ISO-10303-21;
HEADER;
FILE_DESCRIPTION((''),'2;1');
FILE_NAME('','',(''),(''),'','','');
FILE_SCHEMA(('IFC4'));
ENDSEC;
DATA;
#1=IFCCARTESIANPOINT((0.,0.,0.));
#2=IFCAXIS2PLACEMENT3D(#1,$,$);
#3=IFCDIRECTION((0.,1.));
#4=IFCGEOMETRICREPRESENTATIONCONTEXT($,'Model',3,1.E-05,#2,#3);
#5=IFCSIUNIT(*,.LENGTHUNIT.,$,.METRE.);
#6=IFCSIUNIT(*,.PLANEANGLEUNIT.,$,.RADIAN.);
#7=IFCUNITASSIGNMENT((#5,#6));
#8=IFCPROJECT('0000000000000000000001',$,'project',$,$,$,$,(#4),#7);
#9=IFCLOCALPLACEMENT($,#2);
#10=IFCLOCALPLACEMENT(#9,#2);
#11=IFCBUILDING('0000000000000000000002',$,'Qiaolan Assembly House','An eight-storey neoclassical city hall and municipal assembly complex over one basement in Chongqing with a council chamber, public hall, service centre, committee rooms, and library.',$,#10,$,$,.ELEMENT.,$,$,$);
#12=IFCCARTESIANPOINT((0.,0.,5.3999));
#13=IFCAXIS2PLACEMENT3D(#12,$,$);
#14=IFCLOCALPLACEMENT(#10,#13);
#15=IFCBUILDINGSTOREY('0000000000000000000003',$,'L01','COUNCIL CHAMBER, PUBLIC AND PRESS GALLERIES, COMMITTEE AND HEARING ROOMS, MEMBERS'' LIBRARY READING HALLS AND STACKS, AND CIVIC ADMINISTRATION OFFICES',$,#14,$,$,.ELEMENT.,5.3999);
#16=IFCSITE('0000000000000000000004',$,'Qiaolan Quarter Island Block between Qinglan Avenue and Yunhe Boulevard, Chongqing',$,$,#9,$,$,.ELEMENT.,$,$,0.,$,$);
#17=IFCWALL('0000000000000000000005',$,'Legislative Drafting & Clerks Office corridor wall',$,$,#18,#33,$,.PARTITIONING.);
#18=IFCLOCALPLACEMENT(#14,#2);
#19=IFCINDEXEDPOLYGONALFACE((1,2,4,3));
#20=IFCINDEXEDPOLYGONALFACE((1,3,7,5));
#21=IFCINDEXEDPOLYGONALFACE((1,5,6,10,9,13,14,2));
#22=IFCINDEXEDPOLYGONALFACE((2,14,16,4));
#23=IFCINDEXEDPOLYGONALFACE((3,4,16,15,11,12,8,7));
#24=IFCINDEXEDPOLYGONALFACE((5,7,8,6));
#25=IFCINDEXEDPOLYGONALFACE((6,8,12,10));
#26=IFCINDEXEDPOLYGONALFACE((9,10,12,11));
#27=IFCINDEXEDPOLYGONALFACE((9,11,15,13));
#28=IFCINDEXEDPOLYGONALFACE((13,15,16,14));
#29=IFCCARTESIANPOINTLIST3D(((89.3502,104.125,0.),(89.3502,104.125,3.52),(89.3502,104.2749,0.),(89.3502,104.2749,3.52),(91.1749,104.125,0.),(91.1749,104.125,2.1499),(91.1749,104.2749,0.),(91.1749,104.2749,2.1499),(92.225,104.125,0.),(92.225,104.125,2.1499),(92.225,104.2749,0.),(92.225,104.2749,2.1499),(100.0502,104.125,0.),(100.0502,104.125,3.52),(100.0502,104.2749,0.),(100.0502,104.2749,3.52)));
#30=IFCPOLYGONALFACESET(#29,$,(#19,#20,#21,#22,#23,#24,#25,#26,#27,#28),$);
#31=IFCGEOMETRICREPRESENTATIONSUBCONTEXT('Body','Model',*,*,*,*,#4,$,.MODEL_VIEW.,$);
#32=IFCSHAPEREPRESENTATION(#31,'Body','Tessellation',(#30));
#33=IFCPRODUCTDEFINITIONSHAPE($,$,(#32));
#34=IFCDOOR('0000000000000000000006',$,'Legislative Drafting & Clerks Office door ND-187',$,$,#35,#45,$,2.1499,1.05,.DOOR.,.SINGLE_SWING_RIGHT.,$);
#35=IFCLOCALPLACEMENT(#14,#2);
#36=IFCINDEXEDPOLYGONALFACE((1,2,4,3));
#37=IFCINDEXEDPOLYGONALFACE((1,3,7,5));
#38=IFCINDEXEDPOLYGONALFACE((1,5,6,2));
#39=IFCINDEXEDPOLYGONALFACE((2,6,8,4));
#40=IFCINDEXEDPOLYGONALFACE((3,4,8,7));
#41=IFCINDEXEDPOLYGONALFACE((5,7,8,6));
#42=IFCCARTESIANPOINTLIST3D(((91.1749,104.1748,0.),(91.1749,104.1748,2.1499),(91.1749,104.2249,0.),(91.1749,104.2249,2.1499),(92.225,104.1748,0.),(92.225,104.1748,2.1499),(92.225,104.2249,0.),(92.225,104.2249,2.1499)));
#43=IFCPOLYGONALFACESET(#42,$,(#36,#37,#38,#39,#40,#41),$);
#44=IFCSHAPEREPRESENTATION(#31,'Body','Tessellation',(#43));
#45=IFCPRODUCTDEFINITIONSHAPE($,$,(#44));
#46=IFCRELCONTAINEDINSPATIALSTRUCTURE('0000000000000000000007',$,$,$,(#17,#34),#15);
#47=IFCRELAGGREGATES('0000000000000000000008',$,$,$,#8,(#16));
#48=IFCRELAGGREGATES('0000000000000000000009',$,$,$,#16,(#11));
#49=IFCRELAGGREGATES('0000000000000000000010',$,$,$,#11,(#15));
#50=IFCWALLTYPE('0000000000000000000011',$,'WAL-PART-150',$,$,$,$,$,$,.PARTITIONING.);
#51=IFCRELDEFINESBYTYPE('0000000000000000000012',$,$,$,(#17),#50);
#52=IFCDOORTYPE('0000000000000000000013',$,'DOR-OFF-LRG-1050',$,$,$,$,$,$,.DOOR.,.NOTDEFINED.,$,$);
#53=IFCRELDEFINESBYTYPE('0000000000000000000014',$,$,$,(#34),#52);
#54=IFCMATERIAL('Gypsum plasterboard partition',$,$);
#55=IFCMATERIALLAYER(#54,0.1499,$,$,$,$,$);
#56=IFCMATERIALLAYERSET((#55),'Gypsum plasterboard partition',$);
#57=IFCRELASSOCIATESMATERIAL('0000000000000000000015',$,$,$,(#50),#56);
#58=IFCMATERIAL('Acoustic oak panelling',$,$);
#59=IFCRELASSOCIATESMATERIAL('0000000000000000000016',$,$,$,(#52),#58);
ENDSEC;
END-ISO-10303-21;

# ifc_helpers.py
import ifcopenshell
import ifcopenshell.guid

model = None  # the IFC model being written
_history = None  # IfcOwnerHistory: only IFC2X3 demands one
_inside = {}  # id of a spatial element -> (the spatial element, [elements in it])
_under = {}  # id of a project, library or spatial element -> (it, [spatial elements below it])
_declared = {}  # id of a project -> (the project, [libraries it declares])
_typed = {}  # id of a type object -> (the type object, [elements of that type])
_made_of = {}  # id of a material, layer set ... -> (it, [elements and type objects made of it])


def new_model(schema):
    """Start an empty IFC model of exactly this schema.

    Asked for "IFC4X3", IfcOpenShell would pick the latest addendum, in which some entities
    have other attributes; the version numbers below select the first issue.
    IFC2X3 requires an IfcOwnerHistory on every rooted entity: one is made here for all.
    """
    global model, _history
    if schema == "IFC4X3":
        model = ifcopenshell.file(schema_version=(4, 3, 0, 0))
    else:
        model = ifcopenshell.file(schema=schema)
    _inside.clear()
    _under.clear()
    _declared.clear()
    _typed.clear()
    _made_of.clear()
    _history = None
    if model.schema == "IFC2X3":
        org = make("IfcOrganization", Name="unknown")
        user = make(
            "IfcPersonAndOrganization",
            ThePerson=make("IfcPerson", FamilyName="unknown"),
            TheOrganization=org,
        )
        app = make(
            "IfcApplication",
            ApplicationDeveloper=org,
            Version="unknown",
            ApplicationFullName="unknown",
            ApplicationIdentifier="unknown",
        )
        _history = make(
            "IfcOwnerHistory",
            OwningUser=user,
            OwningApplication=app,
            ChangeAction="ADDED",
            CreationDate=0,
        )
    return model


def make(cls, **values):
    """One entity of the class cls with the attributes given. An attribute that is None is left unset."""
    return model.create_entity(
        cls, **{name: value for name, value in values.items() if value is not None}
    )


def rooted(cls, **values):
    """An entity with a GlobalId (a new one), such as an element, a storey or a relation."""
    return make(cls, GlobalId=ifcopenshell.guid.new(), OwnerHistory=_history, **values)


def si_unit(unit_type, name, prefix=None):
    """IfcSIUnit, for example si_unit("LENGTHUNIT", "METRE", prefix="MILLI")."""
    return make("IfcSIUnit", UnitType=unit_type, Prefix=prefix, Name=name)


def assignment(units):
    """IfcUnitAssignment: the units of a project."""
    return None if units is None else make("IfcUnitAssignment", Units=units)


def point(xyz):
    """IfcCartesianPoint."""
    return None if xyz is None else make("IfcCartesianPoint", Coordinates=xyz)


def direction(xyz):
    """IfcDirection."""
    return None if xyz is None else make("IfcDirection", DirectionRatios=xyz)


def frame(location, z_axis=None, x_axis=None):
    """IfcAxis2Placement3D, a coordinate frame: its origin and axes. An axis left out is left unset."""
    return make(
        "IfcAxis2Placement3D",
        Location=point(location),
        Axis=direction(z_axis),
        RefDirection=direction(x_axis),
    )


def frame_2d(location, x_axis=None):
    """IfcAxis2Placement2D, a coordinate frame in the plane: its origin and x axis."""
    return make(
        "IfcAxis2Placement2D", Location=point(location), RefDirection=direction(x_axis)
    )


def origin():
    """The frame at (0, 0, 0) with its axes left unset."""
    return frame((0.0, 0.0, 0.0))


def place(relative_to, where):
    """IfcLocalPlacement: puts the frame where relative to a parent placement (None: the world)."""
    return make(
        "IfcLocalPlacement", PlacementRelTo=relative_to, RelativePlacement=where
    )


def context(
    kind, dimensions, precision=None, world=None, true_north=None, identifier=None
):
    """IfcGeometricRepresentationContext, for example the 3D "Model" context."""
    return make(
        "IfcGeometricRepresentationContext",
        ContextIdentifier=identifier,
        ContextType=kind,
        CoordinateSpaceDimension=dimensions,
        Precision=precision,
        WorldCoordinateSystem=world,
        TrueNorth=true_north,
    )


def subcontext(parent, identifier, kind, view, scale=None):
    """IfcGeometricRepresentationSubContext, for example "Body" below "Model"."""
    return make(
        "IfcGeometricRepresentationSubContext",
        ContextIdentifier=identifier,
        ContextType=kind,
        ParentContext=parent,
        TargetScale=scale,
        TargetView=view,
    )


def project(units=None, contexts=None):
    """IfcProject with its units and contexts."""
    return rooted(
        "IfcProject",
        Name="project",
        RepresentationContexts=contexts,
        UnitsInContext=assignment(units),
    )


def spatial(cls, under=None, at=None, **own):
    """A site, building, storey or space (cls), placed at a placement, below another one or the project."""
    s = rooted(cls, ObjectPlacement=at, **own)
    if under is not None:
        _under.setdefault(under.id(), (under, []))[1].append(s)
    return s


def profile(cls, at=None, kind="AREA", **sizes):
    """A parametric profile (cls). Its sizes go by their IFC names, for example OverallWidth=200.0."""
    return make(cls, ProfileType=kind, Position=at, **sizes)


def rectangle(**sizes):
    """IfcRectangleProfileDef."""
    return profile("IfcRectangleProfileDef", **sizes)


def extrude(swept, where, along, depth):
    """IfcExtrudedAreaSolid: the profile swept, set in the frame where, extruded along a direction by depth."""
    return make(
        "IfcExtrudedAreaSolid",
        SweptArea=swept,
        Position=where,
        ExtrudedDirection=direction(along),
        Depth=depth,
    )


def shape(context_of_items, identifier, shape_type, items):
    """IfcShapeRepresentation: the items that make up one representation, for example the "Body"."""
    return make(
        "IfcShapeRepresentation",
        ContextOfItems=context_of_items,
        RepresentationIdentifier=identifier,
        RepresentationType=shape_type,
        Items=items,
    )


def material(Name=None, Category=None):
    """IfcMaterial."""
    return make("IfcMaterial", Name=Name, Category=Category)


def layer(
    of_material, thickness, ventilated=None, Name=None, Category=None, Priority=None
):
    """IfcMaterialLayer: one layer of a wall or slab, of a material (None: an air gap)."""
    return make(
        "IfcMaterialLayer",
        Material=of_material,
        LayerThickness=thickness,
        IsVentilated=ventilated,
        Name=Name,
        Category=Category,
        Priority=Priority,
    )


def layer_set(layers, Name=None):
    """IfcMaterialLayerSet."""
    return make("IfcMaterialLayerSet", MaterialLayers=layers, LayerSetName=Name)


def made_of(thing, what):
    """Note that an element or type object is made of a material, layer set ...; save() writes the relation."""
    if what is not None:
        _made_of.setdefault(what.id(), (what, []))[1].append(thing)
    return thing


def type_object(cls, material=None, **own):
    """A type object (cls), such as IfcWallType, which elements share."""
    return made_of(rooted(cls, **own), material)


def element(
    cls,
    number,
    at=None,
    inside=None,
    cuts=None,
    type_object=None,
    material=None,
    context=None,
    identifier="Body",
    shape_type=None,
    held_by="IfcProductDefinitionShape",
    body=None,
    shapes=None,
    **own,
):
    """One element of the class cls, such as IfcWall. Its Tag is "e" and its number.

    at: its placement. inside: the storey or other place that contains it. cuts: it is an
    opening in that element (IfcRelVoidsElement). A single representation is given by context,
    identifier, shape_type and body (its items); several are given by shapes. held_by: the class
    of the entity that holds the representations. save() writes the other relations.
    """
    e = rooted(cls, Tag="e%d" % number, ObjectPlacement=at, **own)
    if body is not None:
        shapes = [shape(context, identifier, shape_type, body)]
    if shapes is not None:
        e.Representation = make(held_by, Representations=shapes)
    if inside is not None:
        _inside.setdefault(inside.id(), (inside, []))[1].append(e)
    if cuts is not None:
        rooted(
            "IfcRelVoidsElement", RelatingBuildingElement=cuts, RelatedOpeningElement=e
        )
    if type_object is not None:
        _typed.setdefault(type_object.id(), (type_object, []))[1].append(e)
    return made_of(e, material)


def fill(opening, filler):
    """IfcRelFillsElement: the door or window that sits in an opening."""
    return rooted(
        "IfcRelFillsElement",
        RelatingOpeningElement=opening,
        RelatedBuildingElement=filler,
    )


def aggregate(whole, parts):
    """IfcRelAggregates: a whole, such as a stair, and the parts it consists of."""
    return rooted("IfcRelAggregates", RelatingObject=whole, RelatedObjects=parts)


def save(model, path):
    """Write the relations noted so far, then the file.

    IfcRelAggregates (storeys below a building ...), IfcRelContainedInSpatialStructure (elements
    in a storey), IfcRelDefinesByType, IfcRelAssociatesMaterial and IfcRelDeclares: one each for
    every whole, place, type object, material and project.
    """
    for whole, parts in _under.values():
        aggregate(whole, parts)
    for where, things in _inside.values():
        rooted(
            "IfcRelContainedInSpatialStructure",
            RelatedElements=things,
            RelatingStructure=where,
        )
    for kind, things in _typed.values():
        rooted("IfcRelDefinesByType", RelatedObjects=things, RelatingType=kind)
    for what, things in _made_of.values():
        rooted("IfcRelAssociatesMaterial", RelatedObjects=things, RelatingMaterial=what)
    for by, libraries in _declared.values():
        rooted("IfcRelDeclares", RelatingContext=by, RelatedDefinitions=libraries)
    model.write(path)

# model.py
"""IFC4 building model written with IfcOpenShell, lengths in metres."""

from ifc_helpers import new_model, si_unit, direction, frame, frame_2d, origin, place, context, subcontext, project, spatial, rectangle, extrude, material, layer, layer_set, type_object, element, fill, save


model = new_model("IFC4")

# Units and contexts
model_context = context("Model", 3, precision=1e-05, world=origin(), true_north=direction((0.0, 1.0)))
body_context = subcontext(model_context, "Body", "Model", "MODEL_VIEW")
ifc_project = project(units=[si_unit("LENGTHUNIT", "METRE"), si_unit("PLANEANGLEUNIT", "RADIAN")], contexts=[model_context])

# Site, building, storey
site_placement = place(None, origin())
site = spatial("IfcSite", under=ifc_project, at=site_placement, Name="Qiaolan Quarter Island Block between Qinglan Avenue and Yunhe Boulevard, Chongqing", CompositionType="ELEMENT", RefElevation=0.0)
building_placement = place(site_placement, origin())
building = spatial("IfcBuilding", under=site, at=building_placement, Name="Qiaolan Assembly House", Description="An eight-storey neoclassical city hall and municipal assembly complex over one basement in Chongqing with a council chamber, public hall, service centre, committee rooms, and library.", CompositionType="ELEMENT")
storey_placement = place(building_placement, frame((0.0, 0.0, 5.3999)))
storey = spatial("IfcBuildingStorey", under=building, at=storey_placement, Name="L01", Description="COUNCIL CHAMBER, PUBLIC AND PRESS GALLERIES, COMMITTEE AND HEARING ROOMS, MEMBERS' LIBRARY READING HALLS AND STACKS, AND CIVIC ADMINISTRATION OFFICES", CompositionType="ELEMENT", Elevation=5.3999)

# Shared definitions
ifc_material_1 = material(Name="Acoustic oak panelling")

# Shared definitions
ifc_material_2 = material(Name="Gypsum plasterboard partition")

# Wall, opening, door
ifc_layer_1 = layer(ifc_material_2, 0.1499)
ifc_layer_set_1 = layer_set([ifc_layer_1], Name="Gypsum plasterboard partition")
wall_type_1 = type_object("IfcWallType", Name="WAL-PART-150", PredefinedType="PARTITIONING", material=ifc_layer_set_1)
wall_1_placement = place(storey_placement, frame((89.3501, 104.2, 0.0), z_axis=(0.0, 0.0, 1.0), x_axis=(1.0, 0.0, 0.0)))
wall_1 = element("IfcWall", 1, at=wall_1_placement, inside=storey, type_object=wall_type_1, Name="Legislative Drafting & Clerks Office corridor wall", PredefinedType="PARTITIONING", context=body_context, shape_type="SweptSolid", body=[
    extrude(rectangle(XDim=10.7, YDim=0.1499, at=frame_2d((5.3501, 0.0))), origin(), (0.0, 0.0, 1.0), 3.52),
])
opening_1_placement = place(wall_1_placement, frame((1.825, 0.0, 0.0)))
opening_1 = element("IfcOpeningElement", 2, at=opening_1_placement, cuts=wall_1, PredefinedType="OPENING", context=body_context, shape_type="SweptSolid", body=[
    extrude(rectangle(XDim=1.05, YDim=2.1499, at=frame_2d((0.5249, 1.075))), frame((0.0, 0.085, 0.0), z_axis=(0.0, -1.0, 0.0), x_axis=(1.0, 0.0, 0.0)), (0.0, 0.0, 1.0), 0.1699),
])
door_type_1 = type_object("IfcDoorType", Name="DOR-OFF-LRG-1050", OperationType="NOTDEFINED", PredefinedType="DOOR", material=ifc_material_1)
door_1_placement = place(opening_1_placement, origin())
door_1 = element("IfcDoor", 3, at=door_1_placement, inside=storey, type_object=door_type_1, Name="Legislative Drafting & Clerks Office door ND-187", OperationType="SINGLE_SWING_RIGHT", OverallHeight=2.1499, OverallWidth=1.05, PredefinedType="DOOR", context=body_context, shape_type="SweptSolid", body=[
    extrude(rectangle(XDim=1.05, YDim=2.1499, at=frame_2d((0.5249, 1.075))), frame((0.0, 0.0249, 0.0), z_axis=(0.0, -1.0, 0.0), x_axis=(1.0, 0.0, 0.0)), (0.0, 0.0, 1.0), 0.05),
])
fill(opening_1, door_1)

save(model, "model.ifc")
